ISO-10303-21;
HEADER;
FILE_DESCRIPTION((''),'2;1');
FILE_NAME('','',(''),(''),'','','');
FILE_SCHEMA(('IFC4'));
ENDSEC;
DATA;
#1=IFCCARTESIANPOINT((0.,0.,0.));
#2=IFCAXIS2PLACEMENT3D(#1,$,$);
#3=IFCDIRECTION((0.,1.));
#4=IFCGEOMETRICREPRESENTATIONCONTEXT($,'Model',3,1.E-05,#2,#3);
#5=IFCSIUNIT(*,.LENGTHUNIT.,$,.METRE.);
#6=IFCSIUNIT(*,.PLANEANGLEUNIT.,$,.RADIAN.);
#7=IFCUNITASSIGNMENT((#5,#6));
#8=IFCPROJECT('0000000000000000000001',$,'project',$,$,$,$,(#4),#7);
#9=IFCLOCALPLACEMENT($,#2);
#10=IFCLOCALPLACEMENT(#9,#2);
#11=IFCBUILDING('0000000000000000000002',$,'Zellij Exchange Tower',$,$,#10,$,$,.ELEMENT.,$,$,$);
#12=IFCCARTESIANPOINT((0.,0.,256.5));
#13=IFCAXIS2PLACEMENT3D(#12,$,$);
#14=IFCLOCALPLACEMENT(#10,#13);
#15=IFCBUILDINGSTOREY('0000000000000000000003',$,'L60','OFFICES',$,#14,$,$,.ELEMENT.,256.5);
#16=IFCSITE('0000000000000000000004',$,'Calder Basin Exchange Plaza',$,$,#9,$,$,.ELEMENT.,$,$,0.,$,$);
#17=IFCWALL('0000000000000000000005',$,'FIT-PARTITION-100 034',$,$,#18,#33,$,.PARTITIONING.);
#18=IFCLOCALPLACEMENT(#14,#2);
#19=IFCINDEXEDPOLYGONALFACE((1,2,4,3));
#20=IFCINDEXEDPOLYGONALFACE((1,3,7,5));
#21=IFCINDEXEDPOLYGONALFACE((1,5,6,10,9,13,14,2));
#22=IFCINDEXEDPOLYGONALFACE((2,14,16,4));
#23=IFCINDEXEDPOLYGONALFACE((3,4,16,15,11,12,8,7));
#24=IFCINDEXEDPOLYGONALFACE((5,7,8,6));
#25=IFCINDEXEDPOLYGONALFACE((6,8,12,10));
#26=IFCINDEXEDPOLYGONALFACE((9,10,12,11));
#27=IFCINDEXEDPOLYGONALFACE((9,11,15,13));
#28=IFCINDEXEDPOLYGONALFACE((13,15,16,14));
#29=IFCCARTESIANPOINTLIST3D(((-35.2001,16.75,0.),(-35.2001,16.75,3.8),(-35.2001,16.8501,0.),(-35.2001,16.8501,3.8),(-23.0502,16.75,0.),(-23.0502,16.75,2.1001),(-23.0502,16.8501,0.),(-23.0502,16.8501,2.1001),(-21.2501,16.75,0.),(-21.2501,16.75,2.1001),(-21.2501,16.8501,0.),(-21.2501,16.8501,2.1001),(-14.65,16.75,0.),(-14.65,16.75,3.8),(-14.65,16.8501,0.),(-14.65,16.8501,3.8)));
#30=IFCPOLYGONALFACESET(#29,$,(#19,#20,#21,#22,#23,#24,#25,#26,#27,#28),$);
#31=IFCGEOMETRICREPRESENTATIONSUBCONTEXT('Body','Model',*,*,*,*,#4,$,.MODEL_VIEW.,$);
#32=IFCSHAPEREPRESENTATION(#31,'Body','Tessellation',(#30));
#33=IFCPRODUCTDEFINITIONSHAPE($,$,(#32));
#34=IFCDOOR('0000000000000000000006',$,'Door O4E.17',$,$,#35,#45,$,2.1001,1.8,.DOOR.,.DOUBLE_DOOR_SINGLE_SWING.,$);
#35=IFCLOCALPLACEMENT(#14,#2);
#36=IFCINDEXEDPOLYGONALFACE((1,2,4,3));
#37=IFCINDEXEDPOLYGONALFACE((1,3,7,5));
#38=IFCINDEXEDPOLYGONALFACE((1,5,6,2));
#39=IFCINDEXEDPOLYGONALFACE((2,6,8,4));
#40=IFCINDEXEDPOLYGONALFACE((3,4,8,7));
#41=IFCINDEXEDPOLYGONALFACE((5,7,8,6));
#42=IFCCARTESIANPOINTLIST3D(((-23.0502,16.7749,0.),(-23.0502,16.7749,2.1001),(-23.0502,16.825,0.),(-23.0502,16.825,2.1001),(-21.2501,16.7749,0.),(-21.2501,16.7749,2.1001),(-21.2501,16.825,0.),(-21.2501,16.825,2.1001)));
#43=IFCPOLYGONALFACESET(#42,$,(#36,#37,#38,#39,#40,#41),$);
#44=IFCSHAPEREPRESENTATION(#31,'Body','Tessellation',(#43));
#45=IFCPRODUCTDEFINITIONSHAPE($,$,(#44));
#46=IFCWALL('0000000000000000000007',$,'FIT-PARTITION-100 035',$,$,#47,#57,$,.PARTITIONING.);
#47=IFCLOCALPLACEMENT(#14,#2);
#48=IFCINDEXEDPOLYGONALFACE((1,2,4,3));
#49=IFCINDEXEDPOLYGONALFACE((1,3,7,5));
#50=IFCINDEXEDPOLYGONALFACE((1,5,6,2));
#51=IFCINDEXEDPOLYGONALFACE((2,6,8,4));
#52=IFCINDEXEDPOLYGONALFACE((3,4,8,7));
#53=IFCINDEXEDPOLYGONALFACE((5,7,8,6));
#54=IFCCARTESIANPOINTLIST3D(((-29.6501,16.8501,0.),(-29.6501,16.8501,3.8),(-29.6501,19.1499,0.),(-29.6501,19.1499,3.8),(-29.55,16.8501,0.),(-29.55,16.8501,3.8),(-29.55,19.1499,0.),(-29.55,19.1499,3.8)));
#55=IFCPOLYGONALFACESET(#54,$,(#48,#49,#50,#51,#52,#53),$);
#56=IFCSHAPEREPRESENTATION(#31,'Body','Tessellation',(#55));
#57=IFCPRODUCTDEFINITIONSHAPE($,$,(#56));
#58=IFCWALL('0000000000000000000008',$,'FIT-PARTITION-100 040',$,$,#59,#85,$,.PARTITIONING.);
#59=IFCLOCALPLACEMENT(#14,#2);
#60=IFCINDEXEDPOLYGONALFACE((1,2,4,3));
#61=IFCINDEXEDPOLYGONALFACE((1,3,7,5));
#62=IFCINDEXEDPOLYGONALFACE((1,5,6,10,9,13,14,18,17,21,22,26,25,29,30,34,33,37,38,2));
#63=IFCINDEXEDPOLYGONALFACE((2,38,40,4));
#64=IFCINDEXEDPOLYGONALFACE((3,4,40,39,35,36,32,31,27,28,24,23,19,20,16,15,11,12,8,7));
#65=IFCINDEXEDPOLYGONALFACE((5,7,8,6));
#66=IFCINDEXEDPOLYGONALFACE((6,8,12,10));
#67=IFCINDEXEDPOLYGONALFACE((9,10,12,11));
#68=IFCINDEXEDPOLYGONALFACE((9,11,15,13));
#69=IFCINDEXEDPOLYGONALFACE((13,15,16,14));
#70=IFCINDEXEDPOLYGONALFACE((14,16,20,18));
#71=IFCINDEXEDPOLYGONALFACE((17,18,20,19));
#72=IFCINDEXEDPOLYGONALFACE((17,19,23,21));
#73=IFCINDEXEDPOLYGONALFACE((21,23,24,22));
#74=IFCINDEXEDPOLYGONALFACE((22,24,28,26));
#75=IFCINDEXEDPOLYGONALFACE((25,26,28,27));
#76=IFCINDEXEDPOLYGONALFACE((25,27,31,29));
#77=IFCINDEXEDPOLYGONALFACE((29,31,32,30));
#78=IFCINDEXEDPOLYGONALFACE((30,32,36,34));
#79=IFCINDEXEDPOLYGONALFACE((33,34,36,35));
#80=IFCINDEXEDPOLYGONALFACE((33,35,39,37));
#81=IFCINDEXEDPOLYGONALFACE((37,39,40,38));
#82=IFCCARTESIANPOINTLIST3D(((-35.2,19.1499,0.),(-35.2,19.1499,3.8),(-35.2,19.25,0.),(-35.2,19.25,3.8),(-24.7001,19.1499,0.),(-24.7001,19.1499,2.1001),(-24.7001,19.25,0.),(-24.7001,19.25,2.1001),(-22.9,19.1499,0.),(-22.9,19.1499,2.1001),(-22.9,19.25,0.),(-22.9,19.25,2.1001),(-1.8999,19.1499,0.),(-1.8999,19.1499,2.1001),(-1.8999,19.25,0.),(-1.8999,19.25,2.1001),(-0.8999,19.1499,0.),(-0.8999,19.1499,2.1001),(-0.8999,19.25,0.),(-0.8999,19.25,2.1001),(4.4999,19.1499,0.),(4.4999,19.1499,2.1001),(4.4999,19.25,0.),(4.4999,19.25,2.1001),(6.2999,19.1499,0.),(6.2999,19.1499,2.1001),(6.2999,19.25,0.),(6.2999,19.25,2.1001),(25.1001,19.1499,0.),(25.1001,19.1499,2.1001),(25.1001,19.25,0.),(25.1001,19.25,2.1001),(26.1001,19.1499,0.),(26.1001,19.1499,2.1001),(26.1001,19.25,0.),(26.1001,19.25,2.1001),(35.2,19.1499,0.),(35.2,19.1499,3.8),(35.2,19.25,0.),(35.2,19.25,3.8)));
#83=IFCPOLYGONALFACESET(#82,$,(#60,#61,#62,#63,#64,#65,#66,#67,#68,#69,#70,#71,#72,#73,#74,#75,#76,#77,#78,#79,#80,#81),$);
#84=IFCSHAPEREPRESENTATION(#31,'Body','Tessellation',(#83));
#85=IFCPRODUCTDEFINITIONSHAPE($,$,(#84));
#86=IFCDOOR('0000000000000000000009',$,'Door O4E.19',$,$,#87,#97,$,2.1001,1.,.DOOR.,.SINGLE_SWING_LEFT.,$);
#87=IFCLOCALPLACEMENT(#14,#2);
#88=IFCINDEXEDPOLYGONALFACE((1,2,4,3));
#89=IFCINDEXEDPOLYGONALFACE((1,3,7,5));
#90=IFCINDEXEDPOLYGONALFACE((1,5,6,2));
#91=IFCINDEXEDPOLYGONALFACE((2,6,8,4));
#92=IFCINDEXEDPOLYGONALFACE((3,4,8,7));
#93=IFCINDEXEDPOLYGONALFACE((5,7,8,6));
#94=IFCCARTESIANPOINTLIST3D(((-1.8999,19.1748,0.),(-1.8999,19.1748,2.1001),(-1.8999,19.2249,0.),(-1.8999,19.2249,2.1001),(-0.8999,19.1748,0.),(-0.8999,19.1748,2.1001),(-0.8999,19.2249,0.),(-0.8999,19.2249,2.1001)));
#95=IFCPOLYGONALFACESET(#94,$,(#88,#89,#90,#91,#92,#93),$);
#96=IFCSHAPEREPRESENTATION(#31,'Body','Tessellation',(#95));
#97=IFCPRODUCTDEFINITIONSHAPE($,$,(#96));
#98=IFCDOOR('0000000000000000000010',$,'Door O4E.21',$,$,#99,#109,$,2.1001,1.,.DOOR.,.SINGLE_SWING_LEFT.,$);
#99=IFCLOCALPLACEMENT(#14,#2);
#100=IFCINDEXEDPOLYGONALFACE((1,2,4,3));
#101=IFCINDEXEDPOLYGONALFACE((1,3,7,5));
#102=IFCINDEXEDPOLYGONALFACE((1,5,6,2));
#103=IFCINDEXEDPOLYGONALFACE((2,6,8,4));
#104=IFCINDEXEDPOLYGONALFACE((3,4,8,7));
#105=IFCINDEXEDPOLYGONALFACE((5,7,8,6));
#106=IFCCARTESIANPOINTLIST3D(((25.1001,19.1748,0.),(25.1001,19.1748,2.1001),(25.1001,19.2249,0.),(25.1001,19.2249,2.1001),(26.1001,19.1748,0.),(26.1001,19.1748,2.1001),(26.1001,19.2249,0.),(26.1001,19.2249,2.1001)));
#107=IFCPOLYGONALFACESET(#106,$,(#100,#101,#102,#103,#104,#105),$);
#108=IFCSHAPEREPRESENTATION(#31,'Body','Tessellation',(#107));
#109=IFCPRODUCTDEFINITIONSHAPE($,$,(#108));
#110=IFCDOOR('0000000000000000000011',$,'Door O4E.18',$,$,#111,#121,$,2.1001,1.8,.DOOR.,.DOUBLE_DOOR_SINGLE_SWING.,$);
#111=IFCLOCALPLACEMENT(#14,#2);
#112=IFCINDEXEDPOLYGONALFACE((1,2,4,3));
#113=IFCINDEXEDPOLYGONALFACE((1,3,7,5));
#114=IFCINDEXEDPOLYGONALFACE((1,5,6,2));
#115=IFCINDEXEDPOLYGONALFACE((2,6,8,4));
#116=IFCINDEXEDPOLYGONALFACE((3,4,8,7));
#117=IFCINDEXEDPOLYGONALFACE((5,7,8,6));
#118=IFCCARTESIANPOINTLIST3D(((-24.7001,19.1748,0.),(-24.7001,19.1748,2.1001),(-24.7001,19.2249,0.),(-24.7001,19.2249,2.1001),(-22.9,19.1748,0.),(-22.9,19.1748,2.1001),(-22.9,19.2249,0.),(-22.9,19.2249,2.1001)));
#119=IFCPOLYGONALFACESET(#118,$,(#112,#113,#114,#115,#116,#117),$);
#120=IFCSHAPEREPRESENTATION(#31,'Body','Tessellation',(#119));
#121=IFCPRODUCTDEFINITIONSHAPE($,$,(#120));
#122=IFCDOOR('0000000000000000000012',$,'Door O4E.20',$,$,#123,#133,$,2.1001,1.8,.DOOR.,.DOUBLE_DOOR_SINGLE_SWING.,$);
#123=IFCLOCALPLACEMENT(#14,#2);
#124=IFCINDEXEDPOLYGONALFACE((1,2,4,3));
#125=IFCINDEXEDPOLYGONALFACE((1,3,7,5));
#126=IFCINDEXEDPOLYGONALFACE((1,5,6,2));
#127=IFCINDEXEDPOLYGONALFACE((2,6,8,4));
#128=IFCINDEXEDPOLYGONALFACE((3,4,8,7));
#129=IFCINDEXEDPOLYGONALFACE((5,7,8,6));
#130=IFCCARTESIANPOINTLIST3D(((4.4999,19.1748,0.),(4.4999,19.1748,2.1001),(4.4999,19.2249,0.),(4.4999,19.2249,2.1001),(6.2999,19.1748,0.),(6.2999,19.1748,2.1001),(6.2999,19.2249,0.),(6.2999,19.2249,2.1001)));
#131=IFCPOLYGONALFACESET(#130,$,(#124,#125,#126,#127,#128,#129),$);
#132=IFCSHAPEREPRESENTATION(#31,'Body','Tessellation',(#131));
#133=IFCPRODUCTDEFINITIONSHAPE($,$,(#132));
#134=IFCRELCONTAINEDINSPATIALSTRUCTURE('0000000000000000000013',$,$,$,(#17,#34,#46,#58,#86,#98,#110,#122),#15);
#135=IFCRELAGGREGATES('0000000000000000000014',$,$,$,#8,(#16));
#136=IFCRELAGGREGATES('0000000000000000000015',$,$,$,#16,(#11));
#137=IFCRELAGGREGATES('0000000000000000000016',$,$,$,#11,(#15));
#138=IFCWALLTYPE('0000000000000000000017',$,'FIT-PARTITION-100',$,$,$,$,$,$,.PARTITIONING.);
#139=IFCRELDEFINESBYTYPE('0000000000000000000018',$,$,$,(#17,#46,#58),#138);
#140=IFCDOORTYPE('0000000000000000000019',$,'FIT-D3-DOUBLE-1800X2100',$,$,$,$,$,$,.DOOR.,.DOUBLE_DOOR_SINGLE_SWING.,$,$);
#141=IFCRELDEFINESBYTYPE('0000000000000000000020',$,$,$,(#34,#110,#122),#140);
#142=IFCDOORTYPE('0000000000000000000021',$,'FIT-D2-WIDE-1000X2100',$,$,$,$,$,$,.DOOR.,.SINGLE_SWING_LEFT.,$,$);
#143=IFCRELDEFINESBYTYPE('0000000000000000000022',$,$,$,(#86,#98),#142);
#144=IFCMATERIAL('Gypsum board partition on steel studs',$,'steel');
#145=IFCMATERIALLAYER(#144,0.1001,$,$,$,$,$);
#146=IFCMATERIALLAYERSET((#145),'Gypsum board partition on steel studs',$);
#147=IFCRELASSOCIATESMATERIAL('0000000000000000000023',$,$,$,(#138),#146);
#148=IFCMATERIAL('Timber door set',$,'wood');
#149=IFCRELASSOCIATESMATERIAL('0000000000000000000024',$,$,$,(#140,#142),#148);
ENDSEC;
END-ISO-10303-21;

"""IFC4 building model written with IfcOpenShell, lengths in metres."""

from ifc_helpers import new_model, si_unit, direction, frame, frame_2d, origin, place, context, subcontext, project, spatial, rectangle, extrude, material, layer, layer_set, type_object, element, fill, save


model = new_model("IFC4")

# Units and contexts
model_context = context("Model", 3, precision=1e-05, world=origin(), true_north=direction((0.0, 1.0)))
body_context = subcontext(model_context, "Body", "Model", "MODEL_VIEW")
ifc_project = project(units=[si_unit("LENGTHUNIT", "METRE"), si_unit("PLANEANGLEUNIT", "RADIAN")], contexts=[model_context])

# Site, building, storey
site_placement = place(None, origin())
site = spatial("IfcSite", under=ifc_project, at=site_placement, Name="Calder Basin Exchange Plaza", CompositionType="ELEMENT", RefElevation=0.0)
building_placement = place(site_placement, origin())
building = spatial("IfcBuilding", under=site, at=building_placement, Name="Zellij Exchange Tower", CompositionType="ELEMENT")
storey_placement = place(building_placement, frame((0.0, 0.0, 256.5)))
storey = spatial("IfcBuildingStorey", under=building, at=storey_placement, Name="L60", Description="OFFICES", CompositionType="ELEMENT", Elevation=256.5)

# Wall, opening, door
ifc_material_1 = material(Name="Gypsum board partition on steel studs", Category="steel")
ifc_layer = layer(ifc_material_1, 0.1001)
ifc_layer_set = layer_set([ifc_layer], Name="Gypsum board partition on steel studs")
wall_type = type_object("IfcWallType", Name="FIT-PARTITION-100", PredefinedType="PARTITIONING", material=ifc_layer_set)
wall_1_placement = place(storey_placement, frame((-35.2, 16.8, 0.0), z_axis=(0.0, 0.0, 1.0), x_axis=(1.0, 0.0, 0.0)))
wall_1 = element("IfcWall", 1, at=wall_1_placement, inside=storey, type_object=wall_type, Name="FIT-PARTITION-100 034", PredefinedType="PARTITIONING", context=body_context, shape_type="SweptSolid", body=[
    extrude(rectangle(XDim=20.55, YDim=0.1001, at=frame_2d((10.2749, 0.0))), origin(), (0.0, 0.0, 1.0), 3.8),
])
opening_1_placement = place(wall_1_placement, frame((12.1499, 0.0, 0.0)))
opening_1 = element("IfcOpeningElement", 2, at=opening_1_placement, cuts=wall_1, PredefinedType="OPENING", context=body_context, shape_type="SweptSolid", body=[
    extrude(rectangle(XDim=1.8, YDim=2.1001, at=frame_2d((0.8999, 1.05))), frame((0.0, 0.062, 0.0), z_axis=(0.0, -1.0, 0.0), x_axis=(1.0, 0.0, 0.0)), (0.0, 0.0, 1.0), 0.124),
])
ifc_material_2 = material(Name="Timber door set", Category="wood")
door_type_1 = type_object("IfcDoorType", Name="FIT-D3-DOUBLE-1800X2100", OperationType="DOUBLE_DOOR_SINGLE_SWING", PredefinedType="DOOR", material=ifc_material_2)
door_1_placement = place(opening_1_placement, origin())
door_1 = element("IfcDoor", 3, at=door_1_placement, inside=storey, type_object=door_type_1, Name="Door O4E.17", OperationType="DOUBLE_DOOR_SINGLE_SWING", OverallHeight=2.1001, OverallWidth=1.8, PredefinedType="DOOR", context=body_context, shape_type="SweptSolid", body=[
    extrude(rectangle(XDim=1.8, YDim=2.1001, at=frame_2d((0.8999, 1.05))), frame((0.0, 0.0249, 0.0), z_axis=(0.0, -1.0, 0.0), x_axis=(1.0, 0.0, 0.0)), (0.0, 0.0, 1.0), 0.05),
])
fill(opening_1, door_1)

# Wall
wall_2_placement = place(storey_placement, frame((-29.6001, 16.8501, 0.0), z_axis=(0.0, 0.0, 1.0), x_axis=(0.0, 1.0, 0.0)))
element("IfcWall", 4, at=wall_2_placement, inside=storey, type_object=wall_type, Name="FIT-PARTITION-100 035", PredefinedType="PARTITIONING", context=body_context, shape_type="SweptSolid", body=[
    extrude(rectangle(XDim=2.2998, YDim=0.1001, at=frame_2d((1.1499, 0.0))), origin(), (0.0, 0.0, 1.0), 3.8),
])

# Wall, openings, doors
wall_3_placement = place(storey_placement, frame((-35.2, 19.2, 0.0), z_axis=(0.0, 0.0, 1.0), x_axis=(1.0, 0.0, 0.0)))
wall_3 = element("IfcWall", 5, at=wall_3_placement, inside=storey, type_object=wall_type, Name="FIT-PARTITION-100 040", PredefinedType="PARTITIONING", context=body_context, shape_type="SweptSolid", body=[
    extrude(rectangle(XDim=70.3999, YDim=0.1001, at=frame_2d((35.2, 0.0))), origin(), (0.0, 0.0, 1.0), 3.8),
])
opening_2_placement = place(wall_3_placement, frame((10.5, 0.0, 0.0)))
opening_2 = element("IfcOpeningElement", 6, at=opening_2_placement, cuts=wall_3, PredefinedType="OPENING", context=body_context, shape_type="SweptSolid", body=[
    extrude(rectangle(XDim=1.8, YDim=2.1001, at=frame_2d((0.8999, 1.05))), frame((0.0, 0.062, 0.0), z_axis=(0.0, -1.0, 0.0), x_axis=(1.0, 0.0, 0.0)), (0.0, 0.0, 1.0), 0.124),
])
opening_3_placement = place(wall_3_placement, frame((33.3, 0.0, 0.0)))
opening_3 = element("IfcOpeningElement", 7, at=opening_3_placement, cuts=wall_3, PredefinedType="OPENING", context=body_context, shape_type="SweptSolid", body=[
    extrude(rectangle(XDim=1.0, YDim=2.1001, at=frame_2d((0.5, 1.05))), frame((0.0, 0.062, 0.0), z_axis=(0.0, -1.0, 0.0), x_axis=(1.0, 0.0, 0.0)), (0.0, 0.0, 1.0), 0.124),
])
opening_4_placement = place(wall_3_placement, frame((39.7, 0.0, 0.0)))
opening_4 = element("IfcOpeningElement", 8, at=opening_4_placement, cuts=wall_3, PredefinedType="OPENING", context=body_context, shape_type="SweptSolid", body=[
    extrude(rectangle(XDim=1.8, YDim=2.1001, at=frame_2d((0.8999, 1.05))), frame((0.0, 0.062, 0.0), z_axis=(0.0, -1.0, 0.0), x_axis=(1.0, 0.0, 0.0)), (0.0, 0.0, 1.0), 0.124),
])
opening_5_placement = place(wall_3_placement, frame((60.3, 0.0, 0.0)))
opening_5 = element("IfcOpeningElement", 9, at=opening_5_placement, cuts=wall_3, PredefinedType="OPENING", context=body_context, shape_type="SweptSolid", body=[
    extrude(rectangle(XDim=1.0, YDim=2.1001, at=frame_2d((0.5, 1.05))), frame((0.0, 0.062, 0.0), z_axis=(0.0, -1.0, 0.0), x_axis=(1.0, 0.0, 0.0)), (0.0, 0.0, 1.0), 0.124),
])
door_type_2 = type_object("IfcDoorType", Name="FIT-D2-WIDE-1000X2100", OperationType="SINGLE_SWING_LEFT", PredefinedType="DOOR", material=ifc_material_2)
door_2_placement = place(opening_3_placement, origin())
door_2 = element("IfcDoor", 10, at=door_2_placement, inside=storey, type_object=door_type_2, Name="Door O4E.19", OperationType="SINGLE_SWING_LEFT", OverallHeight=2.1001, OverallWidth=1.0, PredefinedType="DOOR", context=body_context, shape_type="SweptSolid", body=[
    extrude(rectangle(XDim=1.0, YDim=2.1001, at=frame_2d((0.5, 1.05))), frame((0.0, 0.0249, 0.0), z_axis=(0.0, -1.0, 0.0), x_axis=(1.0, 0.0, 0.0)), (0.0, 0.0, 1.0), 0.05),
])
fill(opening_3, door_2)
door_3_placement = place(opening_5_placement, origin())
door_3 = element("IfcDoor", 11, at=door_3_placement, inside=storey, type_object=door_type_2, Name="Door O4E.21", OperationType="SINGLE_SWING_LEFT", OverallHeight=2.1001, OverallWidth=1.0, PredefinedType="DOOR", context=body_context, shape_type="SweptSolid", body=[
    extrude(rectangle(XDim=1.0, YDim=2.1001, at=frame_2d((0.5, 1.05))), frame((0.0, 0.0249, 0.0), z_axis=(0.0, -1.0, 0.0), x_axis=(1.0, 0.0, 0.0)), (0.0, 0.0, 1.0), 0.05),
])
fill(opening_5, door_3)
door_4_placement = place(opening_2_placement, origin())
door_4 = element("IfcDoor", 12, at=door_4_placement, inside=storey, type_object=door_type_1, Name="Door O4E.18", OperationType="DOUBLE_DOOR_SINGLE_SWING", OverallHeight=2.1001, OverallWidth=1.8, PredefinedType="DOOR", context=body_context, shape_type="SweptSolid", body=[
    extrude(rectangle(XDim=1.8, YDim=2.1001, at=frame_2d((0.8999, 1.05))), frame((0.0, 0.0249, 0.0), z_axis=(0.0, -1.0, 0.0), x_axis=(1.0, 0.0, 0.0)), (0.0, 0.0, 1.0), 0.05),
])
fill(opening_2, door_4)
door_5_placement = place(opening_4_placement, origin())
door_5 = element("IfcDoor", 13, at=door_5_placement, inside=storey, type_object=door_type_1, Name="Door O4E.20", OperationType="DOUBLE_DOOR_SINGLE_SWING", OverallHeight=2.1001, OverallWidth=1.8, PredefinedType="DOOR", context=body_context, shape_type="SweptSolid", body=[
    extrude(rectangle(XDim=1.8, YDim=2.1001, at=frame_2d((0.8999, 1.05))), frame((0.0, 0.0249, 0.0), z_axis=(0.0, -1.0, 0.0), x_axis=(1.0, 0.0, 0.0)), (0.0, 0.0, 1.0), 0.05),
])
fill(opening_4, door_5)

save(model, "model.ifc")
